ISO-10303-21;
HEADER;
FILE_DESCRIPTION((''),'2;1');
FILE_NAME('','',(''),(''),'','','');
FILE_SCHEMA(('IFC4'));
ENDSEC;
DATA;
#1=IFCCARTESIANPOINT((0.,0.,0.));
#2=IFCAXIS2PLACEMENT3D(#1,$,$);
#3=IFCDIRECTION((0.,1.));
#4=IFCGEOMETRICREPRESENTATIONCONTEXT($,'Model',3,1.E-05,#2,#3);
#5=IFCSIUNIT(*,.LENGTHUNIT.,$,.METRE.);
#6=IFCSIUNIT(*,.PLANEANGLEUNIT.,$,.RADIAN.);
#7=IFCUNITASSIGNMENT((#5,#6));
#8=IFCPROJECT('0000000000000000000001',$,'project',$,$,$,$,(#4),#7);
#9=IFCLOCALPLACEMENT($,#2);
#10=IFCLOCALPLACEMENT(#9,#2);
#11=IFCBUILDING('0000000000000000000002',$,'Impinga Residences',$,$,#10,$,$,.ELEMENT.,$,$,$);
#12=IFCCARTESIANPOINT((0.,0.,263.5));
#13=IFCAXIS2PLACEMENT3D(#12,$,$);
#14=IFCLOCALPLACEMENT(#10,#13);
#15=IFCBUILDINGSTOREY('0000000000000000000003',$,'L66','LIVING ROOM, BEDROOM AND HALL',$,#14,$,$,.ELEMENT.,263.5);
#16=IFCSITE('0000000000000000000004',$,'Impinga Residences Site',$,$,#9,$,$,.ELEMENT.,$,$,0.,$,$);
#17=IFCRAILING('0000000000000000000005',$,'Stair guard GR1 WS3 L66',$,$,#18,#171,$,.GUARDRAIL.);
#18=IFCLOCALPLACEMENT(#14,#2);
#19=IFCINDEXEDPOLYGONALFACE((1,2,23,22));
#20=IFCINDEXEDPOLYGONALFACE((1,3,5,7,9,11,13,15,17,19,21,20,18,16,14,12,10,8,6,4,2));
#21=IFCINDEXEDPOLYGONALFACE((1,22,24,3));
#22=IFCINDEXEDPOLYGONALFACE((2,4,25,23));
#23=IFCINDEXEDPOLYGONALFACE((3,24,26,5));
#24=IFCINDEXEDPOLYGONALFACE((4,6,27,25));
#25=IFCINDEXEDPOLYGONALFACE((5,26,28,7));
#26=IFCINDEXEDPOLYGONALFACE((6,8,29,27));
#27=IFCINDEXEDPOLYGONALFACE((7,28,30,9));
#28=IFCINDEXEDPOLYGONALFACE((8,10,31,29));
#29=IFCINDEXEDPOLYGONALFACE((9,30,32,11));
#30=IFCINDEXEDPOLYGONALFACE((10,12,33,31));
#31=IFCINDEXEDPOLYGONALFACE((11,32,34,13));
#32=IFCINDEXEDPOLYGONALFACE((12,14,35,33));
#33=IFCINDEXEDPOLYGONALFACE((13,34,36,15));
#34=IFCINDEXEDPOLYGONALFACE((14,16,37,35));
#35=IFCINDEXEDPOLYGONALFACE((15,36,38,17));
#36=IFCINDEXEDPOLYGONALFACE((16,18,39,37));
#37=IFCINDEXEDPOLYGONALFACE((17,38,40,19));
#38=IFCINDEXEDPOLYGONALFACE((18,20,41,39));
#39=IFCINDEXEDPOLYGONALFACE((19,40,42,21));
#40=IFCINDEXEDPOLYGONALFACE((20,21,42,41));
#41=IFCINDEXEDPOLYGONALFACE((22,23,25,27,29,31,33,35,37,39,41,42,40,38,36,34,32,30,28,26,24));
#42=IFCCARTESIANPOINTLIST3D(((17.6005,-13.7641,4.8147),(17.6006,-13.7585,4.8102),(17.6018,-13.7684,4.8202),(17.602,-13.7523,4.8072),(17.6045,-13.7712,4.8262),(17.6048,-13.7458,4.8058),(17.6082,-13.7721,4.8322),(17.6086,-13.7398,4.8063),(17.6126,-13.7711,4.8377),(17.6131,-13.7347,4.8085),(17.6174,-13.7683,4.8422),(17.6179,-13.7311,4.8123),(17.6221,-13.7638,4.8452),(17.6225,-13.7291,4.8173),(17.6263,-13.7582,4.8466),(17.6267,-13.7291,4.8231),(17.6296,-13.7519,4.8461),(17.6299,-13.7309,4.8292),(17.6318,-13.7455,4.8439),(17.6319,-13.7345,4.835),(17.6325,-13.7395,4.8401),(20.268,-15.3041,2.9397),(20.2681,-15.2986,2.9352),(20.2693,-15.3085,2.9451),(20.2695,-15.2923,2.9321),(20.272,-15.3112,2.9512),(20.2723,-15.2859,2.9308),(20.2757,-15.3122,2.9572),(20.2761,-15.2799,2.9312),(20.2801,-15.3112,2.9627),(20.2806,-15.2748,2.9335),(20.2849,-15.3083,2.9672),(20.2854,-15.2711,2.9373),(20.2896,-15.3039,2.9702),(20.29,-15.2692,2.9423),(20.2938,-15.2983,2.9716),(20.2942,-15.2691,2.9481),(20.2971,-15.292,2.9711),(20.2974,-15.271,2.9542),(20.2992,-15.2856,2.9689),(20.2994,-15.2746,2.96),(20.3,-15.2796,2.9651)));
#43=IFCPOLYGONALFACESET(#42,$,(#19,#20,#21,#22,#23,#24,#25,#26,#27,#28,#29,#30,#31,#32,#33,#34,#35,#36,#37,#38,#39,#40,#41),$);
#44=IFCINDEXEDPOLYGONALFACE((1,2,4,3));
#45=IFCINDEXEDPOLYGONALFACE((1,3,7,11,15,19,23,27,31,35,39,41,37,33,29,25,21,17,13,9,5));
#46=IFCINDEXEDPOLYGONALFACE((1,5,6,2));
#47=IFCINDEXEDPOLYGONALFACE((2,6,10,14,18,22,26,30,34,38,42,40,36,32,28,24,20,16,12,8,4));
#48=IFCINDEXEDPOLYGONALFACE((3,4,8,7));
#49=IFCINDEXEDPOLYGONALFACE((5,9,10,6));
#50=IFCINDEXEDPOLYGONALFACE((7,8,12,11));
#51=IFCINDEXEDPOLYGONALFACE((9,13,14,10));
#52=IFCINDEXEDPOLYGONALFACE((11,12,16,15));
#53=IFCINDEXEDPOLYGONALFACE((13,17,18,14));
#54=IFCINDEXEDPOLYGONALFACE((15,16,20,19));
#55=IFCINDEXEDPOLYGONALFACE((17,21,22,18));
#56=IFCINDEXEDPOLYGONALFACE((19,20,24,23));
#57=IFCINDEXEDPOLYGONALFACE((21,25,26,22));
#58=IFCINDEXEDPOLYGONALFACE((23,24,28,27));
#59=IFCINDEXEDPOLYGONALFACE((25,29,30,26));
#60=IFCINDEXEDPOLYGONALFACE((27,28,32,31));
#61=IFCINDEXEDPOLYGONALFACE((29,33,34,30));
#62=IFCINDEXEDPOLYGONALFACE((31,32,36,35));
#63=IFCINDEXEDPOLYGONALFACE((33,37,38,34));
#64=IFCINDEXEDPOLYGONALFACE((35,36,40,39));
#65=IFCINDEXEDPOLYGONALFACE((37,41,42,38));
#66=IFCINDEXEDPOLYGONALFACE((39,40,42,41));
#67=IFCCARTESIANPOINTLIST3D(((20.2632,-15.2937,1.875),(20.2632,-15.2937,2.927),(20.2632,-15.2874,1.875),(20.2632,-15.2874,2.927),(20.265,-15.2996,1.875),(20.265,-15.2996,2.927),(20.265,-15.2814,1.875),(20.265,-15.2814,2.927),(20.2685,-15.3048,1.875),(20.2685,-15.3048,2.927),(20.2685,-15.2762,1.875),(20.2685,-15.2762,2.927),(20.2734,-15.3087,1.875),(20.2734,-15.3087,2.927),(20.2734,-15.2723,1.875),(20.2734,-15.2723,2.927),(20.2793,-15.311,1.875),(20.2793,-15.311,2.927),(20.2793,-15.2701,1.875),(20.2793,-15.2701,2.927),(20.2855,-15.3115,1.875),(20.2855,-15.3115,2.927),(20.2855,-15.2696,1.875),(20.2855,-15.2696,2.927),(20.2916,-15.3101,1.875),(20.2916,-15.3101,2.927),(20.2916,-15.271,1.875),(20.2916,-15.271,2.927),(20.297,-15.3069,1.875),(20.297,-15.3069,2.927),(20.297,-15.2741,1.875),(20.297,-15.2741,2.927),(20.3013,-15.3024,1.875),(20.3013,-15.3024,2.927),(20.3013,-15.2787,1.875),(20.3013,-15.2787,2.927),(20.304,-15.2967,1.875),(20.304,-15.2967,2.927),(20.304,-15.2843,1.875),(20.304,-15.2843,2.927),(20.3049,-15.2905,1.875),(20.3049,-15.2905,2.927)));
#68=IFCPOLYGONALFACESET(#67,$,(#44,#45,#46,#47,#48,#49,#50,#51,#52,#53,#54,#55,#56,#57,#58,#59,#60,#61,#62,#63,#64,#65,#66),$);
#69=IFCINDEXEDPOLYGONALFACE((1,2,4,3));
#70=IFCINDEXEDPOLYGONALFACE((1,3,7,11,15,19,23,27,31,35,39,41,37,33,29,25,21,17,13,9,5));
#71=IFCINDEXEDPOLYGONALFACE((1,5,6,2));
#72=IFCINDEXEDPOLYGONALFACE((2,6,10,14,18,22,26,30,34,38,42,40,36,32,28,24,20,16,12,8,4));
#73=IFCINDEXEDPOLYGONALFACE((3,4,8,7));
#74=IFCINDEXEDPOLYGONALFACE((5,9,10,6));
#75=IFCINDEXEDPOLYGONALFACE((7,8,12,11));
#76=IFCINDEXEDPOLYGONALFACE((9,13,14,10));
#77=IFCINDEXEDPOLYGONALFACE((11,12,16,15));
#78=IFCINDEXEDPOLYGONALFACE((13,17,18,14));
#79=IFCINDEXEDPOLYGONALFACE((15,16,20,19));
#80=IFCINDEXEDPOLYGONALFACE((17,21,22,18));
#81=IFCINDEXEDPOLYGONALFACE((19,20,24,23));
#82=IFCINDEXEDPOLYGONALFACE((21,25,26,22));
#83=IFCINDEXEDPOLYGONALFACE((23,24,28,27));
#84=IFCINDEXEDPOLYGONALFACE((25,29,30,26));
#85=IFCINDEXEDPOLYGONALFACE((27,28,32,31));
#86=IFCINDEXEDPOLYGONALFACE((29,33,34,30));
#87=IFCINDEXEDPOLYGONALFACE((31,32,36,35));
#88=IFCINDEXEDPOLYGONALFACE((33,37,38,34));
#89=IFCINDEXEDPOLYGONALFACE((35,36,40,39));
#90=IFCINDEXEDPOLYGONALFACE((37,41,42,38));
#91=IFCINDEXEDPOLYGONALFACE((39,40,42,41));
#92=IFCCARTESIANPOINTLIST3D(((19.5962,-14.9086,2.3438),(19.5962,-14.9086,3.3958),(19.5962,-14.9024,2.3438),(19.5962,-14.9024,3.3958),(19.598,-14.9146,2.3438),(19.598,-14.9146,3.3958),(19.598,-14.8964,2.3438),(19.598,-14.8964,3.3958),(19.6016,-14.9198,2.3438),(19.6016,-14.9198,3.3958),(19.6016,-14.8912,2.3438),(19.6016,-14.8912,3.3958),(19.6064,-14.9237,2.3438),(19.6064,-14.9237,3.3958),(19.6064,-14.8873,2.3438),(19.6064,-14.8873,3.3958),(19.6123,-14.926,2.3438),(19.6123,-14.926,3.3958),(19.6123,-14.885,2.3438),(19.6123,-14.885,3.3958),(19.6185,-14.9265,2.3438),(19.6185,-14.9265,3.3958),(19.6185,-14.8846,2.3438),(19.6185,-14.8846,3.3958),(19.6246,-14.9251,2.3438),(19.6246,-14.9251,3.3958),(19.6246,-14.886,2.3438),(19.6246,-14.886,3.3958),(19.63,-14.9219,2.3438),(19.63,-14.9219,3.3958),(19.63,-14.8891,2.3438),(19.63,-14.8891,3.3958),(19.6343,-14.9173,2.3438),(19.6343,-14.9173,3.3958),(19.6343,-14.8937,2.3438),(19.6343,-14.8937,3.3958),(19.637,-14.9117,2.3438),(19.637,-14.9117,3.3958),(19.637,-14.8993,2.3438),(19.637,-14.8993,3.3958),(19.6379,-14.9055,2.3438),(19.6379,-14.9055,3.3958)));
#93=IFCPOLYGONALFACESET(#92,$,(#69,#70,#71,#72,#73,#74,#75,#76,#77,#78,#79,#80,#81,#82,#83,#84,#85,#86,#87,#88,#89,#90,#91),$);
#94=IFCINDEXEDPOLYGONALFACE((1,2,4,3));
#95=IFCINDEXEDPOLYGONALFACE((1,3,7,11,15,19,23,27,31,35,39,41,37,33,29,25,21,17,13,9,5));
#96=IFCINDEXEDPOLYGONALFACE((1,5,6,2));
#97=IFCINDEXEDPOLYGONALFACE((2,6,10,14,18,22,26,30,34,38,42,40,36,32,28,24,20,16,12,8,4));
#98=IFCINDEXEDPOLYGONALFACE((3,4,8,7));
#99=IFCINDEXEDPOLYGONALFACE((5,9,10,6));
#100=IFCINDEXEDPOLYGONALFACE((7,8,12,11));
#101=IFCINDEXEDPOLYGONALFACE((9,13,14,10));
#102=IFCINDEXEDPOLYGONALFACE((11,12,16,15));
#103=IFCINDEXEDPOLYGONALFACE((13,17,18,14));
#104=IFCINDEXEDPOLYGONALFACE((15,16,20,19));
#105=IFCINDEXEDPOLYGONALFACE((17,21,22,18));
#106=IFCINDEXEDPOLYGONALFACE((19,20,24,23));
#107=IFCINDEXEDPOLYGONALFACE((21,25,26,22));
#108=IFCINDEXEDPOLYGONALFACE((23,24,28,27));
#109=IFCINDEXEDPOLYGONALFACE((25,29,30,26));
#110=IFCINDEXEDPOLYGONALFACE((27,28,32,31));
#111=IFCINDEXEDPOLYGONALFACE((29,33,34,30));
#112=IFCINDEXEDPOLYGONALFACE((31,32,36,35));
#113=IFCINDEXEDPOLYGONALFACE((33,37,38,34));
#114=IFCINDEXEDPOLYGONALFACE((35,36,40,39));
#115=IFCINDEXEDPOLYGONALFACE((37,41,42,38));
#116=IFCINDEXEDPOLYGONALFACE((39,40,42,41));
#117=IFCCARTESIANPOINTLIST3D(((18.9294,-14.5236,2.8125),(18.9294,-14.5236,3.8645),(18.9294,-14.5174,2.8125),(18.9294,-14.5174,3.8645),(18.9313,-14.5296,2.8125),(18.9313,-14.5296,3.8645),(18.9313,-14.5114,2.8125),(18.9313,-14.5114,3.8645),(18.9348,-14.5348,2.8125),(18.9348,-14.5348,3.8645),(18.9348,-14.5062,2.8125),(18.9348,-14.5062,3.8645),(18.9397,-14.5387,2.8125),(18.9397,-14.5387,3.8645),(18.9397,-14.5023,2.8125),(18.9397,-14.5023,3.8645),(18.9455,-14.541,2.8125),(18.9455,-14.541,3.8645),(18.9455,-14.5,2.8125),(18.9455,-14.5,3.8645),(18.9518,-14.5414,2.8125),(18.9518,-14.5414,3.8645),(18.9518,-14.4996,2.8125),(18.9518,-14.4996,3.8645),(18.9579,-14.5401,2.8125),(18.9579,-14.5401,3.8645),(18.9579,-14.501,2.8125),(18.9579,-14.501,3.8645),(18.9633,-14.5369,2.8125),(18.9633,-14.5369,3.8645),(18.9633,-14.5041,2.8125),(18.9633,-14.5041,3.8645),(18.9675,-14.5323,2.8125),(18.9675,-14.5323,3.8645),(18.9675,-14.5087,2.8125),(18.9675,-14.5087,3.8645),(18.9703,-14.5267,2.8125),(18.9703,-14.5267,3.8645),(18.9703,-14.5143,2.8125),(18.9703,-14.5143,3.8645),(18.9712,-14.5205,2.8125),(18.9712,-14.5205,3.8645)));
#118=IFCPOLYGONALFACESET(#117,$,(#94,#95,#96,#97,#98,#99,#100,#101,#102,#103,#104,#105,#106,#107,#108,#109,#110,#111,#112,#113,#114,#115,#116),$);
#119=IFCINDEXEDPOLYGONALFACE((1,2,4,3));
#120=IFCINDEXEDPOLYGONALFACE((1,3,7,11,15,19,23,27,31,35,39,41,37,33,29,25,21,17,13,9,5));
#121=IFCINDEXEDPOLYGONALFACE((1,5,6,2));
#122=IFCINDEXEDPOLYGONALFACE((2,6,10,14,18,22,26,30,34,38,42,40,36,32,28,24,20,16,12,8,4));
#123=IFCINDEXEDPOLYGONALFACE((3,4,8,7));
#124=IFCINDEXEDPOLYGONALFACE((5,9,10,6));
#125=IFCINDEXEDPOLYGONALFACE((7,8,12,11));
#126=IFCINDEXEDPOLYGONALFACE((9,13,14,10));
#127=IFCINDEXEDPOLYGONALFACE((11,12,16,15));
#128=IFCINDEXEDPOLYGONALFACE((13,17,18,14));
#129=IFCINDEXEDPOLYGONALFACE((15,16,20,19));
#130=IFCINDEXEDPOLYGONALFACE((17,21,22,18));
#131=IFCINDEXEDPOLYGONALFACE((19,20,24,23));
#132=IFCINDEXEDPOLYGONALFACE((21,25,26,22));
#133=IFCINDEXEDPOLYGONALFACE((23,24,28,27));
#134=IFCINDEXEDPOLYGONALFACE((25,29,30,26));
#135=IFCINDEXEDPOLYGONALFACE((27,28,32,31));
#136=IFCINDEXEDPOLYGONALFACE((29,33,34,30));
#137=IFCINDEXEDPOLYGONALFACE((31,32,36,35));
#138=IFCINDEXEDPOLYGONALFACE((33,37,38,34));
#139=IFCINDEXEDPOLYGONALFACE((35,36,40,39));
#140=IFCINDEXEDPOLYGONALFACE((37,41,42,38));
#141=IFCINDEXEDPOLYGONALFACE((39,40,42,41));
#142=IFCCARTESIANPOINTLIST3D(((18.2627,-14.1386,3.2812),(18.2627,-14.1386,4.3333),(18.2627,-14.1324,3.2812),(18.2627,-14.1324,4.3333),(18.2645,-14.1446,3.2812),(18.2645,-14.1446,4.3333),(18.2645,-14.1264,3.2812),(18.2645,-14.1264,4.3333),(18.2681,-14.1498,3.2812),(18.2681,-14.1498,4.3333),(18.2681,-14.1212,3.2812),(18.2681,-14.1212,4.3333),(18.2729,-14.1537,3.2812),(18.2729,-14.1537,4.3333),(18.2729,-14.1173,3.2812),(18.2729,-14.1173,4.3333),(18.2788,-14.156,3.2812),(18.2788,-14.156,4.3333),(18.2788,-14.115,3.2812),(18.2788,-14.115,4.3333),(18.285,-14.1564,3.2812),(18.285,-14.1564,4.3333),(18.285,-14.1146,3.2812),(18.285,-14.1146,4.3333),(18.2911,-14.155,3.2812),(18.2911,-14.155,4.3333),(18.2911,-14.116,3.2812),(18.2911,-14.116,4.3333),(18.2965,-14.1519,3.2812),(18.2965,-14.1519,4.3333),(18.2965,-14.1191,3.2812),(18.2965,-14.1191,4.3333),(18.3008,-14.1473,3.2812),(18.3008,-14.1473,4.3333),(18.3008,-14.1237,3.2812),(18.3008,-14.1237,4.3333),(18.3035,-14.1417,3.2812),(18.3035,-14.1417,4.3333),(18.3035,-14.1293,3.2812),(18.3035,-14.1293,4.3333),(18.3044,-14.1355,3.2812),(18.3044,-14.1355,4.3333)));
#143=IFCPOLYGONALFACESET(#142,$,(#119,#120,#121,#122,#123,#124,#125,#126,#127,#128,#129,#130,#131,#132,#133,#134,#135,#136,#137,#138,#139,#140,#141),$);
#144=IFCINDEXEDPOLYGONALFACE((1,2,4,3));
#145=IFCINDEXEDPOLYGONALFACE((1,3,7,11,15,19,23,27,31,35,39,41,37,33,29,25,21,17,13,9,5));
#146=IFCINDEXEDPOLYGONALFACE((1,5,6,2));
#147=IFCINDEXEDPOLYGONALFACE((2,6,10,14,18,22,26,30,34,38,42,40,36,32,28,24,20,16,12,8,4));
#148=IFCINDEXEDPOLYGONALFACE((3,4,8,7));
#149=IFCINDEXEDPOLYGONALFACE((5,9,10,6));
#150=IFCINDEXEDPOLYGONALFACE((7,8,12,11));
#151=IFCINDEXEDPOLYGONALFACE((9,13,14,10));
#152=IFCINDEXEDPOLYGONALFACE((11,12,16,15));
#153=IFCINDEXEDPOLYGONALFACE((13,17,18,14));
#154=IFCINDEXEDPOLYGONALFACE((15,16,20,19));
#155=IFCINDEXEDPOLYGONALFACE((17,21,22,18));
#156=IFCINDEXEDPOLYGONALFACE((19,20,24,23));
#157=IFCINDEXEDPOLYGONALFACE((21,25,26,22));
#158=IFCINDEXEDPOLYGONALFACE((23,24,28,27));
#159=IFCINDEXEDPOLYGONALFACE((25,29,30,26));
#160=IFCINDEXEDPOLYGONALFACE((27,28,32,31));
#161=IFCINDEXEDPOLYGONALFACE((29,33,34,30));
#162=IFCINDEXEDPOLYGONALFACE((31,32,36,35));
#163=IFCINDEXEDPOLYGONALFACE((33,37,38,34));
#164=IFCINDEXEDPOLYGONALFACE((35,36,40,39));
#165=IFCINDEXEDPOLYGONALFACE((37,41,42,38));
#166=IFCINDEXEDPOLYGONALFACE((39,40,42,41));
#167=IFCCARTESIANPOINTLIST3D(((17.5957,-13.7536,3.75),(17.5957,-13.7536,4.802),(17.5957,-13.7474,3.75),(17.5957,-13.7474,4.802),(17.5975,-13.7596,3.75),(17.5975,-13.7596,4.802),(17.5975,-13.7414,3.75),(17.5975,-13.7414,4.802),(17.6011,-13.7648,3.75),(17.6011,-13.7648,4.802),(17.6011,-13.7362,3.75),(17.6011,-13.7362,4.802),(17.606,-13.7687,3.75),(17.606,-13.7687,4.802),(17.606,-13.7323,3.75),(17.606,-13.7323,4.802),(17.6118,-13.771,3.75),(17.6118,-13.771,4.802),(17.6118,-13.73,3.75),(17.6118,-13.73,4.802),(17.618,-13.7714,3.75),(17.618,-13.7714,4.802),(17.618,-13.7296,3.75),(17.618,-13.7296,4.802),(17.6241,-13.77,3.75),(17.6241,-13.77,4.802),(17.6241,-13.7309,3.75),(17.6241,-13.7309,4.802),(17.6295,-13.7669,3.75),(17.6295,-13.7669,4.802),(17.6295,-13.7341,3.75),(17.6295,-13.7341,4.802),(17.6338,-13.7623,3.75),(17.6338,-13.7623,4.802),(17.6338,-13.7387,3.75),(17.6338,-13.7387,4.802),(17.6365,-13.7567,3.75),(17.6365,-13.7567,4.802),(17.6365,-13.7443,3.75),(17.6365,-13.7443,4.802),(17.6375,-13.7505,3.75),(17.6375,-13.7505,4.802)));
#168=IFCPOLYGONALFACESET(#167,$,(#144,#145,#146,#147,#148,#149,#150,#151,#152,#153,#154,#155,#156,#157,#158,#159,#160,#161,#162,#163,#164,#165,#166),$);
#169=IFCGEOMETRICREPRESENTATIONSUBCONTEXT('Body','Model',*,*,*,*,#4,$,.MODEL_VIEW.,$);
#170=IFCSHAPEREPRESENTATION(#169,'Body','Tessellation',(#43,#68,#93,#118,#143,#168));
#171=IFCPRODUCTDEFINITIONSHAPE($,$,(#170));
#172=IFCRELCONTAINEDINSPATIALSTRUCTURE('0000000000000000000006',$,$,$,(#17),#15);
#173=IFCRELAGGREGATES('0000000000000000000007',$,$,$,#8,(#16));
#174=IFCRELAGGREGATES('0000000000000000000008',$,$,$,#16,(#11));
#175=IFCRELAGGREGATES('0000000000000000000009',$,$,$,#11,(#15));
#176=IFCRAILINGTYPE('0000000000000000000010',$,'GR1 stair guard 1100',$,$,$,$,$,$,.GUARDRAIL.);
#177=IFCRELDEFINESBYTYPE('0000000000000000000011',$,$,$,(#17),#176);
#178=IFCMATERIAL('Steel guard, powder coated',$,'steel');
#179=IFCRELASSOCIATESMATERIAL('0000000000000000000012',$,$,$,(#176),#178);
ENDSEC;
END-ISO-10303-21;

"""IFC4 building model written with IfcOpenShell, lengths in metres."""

from ifc_helpers import new_model, si_unit, direction, frame, origin, origin_2d, place, context, subcontext, project, spatial, circle, extrude, material, type_object, element, save


model = new_model("IFC4")

# Units and contexts
model_context = context("Model", 3, precision=1e-05, world=origin(), true_north=direction((0.0, 1.0)))
body_context = subcontext(model_context, "Body", "Model", "MODEL_VIEW")
ifc_project = project(units=[si_unit("LENGTHUNIT", "METRE"), si_unit("PLANEANGLEUNIT", "RADIAN")], contexts=[model_context])

# Site, building, storey
site_placement = place(None, origin())
site = spatial("IfcSite", under=ifc_project, at=site_placement, Name="Impinga Residences Site", CompositionType="ELEMENT", RefElevation=0.0)
building_placement = place(site_placement, origin())
building = spatial("IfcBuilding", under=site, at=building_placement, Name="Impinga Residences", CompositionType="ELEMENT")
storey_placement = place(building_placement, frame((0.0, 0.0, 263.5)))
storey = spatial("IfcBuildingStorey", under=building, at=storey_placement, Name="L66", Description="LIVING ROOM, BEDROOM AND HALL", CompositionType="ELEMENT", Elevation=263.5)

# Railing
ifc_material_1 = material(Name="Steel guard, powder coated", Category="steel")
railing_type_1 = type_object("IfcRailingType", Name="GR1 stair guard 1100", PredefinedType="GUARDRAIL", material=ifc_material_1)
railing_1_placement = place(storey_placement, frame((20.2839, -15.2905, 1.875)))
element("IfcRailing", 1, at=railing_1_placement, inside=storey, type_object=railing_type_1, Name="Stair guard GR1 WS3 L66", PredefinedType="GUARDRAIL", context=body_context, shape_type="SweptSolid", body=[
    extrude(circle(Radius=0.0239, at=origin_2d()), frame((0.0, 0.0, 1.0762), z_axis=(-0.739746, 0.427084, 0.519975), x_axis=(-0.499992, -0.86603, 0.0)), (0.0, 0.0, 1.0), 3.606),
    extrude(circle(Radius=0.021, at=origin_2d()), origin(), (0.0, 0.0, 1.0), 1.052),
    extrude(circle(Radius=0.021, at=origin_2d()), frame((-0.667, 0.385, 0.4688)), (0.0, 0.0, 1.0), 1.052),
    extrude(circle(Radius=0.021, at=origin_2d()), frame((-1.3337, 0.77, 0.9375)), (0.0, 0.0, 1.0), 1.052),
    extrude(circle(Radius=0.021, at=origin_2d()), frame((-2.0005, 1.155, 1.4062)), (0.0, 0.0, 1.0), 1.052),
    extrude(circle(Radius=0.021, at=origin_2d()), frame((-2.6675, 1.54, 1.875)), (0.0, 0.0, 1.0), 1.052),
])

save(model, "model.ifc")
